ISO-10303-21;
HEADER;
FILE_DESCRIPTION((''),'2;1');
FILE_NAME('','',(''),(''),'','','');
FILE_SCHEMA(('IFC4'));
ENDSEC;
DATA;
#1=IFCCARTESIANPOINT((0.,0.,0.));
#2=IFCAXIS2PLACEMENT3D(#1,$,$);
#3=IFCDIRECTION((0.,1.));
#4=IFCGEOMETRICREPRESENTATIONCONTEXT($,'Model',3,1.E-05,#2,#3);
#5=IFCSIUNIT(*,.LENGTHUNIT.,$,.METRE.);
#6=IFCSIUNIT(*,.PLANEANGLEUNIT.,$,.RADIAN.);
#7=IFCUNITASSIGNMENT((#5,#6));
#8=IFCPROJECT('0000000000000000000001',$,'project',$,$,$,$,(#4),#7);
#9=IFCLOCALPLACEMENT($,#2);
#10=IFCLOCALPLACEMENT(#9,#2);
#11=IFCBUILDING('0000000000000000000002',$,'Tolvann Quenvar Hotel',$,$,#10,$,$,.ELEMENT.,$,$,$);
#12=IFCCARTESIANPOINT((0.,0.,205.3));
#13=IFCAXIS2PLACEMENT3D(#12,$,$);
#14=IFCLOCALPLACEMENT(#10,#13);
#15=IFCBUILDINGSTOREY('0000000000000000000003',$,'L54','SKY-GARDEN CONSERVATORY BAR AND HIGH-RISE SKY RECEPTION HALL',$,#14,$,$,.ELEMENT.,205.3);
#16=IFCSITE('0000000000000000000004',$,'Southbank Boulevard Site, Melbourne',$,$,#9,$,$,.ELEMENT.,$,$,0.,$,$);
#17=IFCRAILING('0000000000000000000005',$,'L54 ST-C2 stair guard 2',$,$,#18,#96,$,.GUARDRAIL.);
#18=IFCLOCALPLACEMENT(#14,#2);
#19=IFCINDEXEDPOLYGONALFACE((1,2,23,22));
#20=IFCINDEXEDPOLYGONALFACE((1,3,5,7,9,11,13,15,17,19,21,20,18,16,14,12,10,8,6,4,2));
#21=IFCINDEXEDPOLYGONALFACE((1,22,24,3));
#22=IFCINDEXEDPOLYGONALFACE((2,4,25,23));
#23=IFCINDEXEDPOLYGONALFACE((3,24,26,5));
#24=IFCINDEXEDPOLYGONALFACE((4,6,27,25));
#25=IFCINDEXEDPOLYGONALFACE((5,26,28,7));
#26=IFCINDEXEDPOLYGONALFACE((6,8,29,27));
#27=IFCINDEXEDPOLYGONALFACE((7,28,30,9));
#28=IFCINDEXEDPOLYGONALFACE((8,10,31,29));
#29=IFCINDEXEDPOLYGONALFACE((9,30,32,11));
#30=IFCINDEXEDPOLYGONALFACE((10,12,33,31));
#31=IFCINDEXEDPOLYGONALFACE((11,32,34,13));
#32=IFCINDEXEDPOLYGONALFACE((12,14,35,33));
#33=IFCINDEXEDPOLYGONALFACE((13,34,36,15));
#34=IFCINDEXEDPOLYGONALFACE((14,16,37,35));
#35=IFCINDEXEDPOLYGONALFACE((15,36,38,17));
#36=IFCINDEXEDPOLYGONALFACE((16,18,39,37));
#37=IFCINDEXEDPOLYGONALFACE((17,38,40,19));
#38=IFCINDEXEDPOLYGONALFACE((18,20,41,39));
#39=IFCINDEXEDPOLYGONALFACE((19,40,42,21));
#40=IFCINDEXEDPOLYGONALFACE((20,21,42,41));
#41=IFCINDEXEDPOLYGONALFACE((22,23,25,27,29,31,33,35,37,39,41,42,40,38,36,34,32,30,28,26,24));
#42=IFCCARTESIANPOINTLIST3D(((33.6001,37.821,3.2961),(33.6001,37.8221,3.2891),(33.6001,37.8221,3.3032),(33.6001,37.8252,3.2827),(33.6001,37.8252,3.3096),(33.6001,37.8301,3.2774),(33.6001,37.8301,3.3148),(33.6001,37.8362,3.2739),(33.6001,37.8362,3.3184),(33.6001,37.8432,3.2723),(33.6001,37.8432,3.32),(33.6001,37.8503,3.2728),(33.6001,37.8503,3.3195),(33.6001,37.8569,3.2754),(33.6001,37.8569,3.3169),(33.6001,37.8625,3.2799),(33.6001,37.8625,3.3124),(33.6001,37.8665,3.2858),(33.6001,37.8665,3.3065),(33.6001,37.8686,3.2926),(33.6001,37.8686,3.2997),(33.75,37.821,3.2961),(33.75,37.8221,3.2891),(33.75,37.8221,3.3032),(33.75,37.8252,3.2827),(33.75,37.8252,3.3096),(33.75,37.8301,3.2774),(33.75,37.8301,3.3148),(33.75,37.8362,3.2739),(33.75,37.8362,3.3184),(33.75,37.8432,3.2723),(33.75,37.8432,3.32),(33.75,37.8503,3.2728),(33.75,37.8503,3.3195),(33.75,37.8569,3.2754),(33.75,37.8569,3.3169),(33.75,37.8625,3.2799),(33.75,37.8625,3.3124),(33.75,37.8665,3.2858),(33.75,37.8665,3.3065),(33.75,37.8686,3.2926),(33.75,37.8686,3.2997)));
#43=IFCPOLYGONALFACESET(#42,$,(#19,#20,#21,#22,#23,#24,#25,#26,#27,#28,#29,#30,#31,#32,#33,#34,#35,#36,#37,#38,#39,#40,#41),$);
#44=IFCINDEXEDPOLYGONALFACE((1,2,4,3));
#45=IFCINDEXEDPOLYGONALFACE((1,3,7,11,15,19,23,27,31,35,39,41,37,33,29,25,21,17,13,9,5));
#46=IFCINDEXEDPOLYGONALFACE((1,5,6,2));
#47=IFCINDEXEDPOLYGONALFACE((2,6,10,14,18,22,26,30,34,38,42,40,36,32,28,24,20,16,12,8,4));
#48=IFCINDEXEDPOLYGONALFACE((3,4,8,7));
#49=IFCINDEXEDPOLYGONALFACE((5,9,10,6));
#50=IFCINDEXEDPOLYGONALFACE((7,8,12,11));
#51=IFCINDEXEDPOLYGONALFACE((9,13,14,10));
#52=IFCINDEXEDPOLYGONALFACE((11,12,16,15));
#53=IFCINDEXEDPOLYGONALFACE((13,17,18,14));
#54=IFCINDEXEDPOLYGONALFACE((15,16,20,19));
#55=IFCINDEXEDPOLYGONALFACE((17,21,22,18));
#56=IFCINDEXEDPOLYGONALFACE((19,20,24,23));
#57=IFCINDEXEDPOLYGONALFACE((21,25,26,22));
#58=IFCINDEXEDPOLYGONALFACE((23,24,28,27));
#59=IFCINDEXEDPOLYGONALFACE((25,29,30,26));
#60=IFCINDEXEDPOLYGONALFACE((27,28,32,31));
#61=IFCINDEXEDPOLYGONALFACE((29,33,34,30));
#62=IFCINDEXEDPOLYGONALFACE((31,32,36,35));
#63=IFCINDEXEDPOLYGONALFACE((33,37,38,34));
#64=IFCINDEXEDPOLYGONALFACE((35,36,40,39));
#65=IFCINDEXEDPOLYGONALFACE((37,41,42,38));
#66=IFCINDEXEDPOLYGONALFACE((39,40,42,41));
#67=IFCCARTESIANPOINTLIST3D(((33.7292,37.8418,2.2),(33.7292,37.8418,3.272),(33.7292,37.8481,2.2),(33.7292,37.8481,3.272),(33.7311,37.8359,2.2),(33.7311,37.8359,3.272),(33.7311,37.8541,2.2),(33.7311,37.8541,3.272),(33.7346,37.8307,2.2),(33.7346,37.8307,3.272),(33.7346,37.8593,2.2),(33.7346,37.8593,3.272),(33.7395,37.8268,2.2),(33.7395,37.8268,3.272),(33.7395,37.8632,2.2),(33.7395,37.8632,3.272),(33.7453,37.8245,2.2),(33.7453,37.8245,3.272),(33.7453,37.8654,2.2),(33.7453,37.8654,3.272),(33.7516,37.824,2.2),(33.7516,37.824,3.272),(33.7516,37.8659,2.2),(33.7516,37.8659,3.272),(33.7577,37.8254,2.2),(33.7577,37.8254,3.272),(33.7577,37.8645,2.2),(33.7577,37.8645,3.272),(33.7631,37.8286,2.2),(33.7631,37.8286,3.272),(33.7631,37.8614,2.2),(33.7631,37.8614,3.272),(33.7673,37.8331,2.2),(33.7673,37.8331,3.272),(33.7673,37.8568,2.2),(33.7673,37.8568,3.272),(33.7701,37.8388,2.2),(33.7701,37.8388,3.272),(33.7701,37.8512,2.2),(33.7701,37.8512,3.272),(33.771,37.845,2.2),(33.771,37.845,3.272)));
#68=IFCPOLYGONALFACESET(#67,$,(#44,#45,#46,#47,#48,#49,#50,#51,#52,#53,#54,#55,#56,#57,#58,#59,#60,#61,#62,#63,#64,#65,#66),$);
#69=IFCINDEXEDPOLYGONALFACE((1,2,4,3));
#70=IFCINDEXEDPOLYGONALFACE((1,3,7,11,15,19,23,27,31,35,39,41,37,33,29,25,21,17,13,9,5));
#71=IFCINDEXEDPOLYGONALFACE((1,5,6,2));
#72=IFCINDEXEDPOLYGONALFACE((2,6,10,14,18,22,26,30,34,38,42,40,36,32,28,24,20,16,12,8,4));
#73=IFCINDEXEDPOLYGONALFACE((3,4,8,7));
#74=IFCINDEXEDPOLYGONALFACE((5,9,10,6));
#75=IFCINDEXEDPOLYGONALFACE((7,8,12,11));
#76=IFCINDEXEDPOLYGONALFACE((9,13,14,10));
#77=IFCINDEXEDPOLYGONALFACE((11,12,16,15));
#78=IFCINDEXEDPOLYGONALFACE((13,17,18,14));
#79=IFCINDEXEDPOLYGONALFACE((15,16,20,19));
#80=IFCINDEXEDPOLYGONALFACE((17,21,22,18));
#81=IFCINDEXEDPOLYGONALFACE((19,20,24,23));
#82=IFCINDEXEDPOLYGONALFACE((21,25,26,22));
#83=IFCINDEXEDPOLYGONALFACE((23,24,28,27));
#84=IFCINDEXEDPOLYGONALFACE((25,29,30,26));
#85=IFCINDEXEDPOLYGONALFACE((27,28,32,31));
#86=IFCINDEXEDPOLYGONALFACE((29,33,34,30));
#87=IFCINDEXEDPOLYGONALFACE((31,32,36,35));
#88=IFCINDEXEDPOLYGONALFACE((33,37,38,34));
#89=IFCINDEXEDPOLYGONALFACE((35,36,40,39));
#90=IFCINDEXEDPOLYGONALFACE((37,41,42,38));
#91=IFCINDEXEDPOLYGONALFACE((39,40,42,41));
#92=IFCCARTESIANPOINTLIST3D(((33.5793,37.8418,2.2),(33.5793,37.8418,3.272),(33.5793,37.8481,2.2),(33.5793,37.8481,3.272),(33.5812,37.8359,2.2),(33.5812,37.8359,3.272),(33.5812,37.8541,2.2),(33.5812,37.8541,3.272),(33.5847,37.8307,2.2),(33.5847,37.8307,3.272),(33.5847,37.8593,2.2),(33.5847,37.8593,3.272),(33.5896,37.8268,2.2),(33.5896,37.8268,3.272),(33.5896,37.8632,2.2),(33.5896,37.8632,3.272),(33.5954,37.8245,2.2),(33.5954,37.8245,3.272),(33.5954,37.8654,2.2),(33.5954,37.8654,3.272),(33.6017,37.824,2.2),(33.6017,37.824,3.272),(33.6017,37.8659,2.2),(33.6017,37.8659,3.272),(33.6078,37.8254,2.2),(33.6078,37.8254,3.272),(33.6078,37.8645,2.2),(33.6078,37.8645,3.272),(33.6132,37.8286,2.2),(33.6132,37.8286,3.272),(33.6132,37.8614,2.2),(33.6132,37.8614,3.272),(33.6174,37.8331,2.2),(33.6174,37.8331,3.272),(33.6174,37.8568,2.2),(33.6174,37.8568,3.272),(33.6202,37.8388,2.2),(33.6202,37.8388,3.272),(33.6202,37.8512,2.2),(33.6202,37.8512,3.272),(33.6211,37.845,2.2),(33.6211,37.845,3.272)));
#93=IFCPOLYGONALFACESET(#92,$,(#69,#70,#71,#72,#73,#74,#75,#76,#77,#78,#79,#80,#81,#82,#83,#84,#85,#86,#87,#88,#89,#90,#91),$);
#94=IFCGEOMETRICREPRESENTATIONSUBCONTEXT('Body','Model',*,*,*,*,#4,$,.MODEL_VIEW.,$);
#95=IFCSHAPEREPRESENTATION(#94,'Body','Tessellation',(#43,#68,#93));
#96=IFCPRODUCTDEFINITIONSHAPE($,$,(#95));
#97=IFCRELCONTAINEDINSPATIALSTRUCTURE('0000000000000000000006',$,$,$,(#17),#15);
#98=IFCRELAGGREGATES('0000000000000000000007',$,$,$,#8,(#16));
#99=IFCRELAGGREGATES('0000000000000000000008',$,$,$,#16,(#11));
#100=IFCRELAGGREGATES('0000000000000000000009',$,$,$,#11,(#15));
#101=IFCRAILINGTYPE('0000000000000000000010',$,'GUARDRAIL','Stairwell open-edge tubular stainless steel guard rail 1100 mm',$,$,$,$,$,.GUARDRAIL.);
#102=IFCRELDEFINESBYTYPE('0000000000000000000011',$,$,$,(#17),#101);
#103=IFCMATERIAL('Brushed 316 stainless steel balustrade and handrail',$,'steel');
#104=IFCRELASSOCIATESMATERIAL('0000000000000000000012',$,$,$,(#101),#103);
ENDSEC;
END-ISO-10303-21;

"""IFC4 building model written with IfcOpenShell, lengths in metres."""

from ifc_helpers import new_model, si_unit, direction, frame, origin, origin_2d, place, context, subcontext, project, spatial, circle, extrude, material, type_object, element, save


model = new_model("IFC4")

# Units and contexts
model_context = context("Model", 3, precision=1e-05, world=origin(), true_north=direction((0.0, 1.0)))
body_context = subcontext(model_context, "Body", "Model", "MODEL_VIEW")
ifc_project = project(units=[si_unit("LENGTHUNIT", "METRE"), si_unit("PLANEANGLEUNIT", "RADIAN")], contexts=[model_context])

# Site, building, storey
site_placement = place(None, origin())
site = spatial("IfcSite", under=ifc_project, at=site_placement, Name="Southbank Boulevard Site, Melbourne", CompositionType="ELEMENT", RefElevation=0.0)
building_placement = place(site_placement, origin())
building = spatial("IfcBuilding", under=site, at=building_placement, Name="Tolvann Quenvar Hotel", CompositionType="ELEMENT")
storey_placement = place(building_placement, frame((0.0, 0.0, 205.3)))
storey = spatial("IfcBuildingStorey", under=building, at=storey_placement, Name="L54", Description="SKY-GARDEN CONSERVATORY BAR AND HIGH-RISE SKY RECEPTION HALL", CompositionType="ELEMENT", Elevation=205.3)

# Railing
ifc_material_1 = material(Name="Brushed 316 stainless steel balustrade and handrail", Category="steel")
railing_type_1 = type_object("IfcRailingType", Name="GUARDRAIL", Description="Stairwell open-edge tubular stainless steel guard rail 1100 mm", PredefinedType="GUARDRAIL", material=ifc_material_1)
railing_1_placement = place(storey_placement, frame((33.75, 37.845, 2.2)))
element("IfcRailing", 1, at=railing_1_placement, inside=storey, type_object=railing_type_1, Name="L54 ST-C2 stair guard 2", PredefinedType="GUARDRAIL", context=body_context, shape_type="SweptSolid", body=[
    extrude(circle(Radius=0.0239, at=origin_2d()), frame((0.0, 0.0, 1.0962), z_axis=(-1.0, 0.0, 0.0), x_axis=(0.0, -1.0, 0.0)), (0.0, 0.0, 1.0), 0.1499),
    extrude(circle(Radius=0.021, at=origin_2d()), origin(), (0.0, 0.0, 1.0), 1.072),
    extrude(circle(Radius=0.021, at=origin_2d()), frame((-0.1499, 0.0, 0.0)), (0.0, 0.0, 1.0), 1.072),
])

save(model, "model.ifc")
